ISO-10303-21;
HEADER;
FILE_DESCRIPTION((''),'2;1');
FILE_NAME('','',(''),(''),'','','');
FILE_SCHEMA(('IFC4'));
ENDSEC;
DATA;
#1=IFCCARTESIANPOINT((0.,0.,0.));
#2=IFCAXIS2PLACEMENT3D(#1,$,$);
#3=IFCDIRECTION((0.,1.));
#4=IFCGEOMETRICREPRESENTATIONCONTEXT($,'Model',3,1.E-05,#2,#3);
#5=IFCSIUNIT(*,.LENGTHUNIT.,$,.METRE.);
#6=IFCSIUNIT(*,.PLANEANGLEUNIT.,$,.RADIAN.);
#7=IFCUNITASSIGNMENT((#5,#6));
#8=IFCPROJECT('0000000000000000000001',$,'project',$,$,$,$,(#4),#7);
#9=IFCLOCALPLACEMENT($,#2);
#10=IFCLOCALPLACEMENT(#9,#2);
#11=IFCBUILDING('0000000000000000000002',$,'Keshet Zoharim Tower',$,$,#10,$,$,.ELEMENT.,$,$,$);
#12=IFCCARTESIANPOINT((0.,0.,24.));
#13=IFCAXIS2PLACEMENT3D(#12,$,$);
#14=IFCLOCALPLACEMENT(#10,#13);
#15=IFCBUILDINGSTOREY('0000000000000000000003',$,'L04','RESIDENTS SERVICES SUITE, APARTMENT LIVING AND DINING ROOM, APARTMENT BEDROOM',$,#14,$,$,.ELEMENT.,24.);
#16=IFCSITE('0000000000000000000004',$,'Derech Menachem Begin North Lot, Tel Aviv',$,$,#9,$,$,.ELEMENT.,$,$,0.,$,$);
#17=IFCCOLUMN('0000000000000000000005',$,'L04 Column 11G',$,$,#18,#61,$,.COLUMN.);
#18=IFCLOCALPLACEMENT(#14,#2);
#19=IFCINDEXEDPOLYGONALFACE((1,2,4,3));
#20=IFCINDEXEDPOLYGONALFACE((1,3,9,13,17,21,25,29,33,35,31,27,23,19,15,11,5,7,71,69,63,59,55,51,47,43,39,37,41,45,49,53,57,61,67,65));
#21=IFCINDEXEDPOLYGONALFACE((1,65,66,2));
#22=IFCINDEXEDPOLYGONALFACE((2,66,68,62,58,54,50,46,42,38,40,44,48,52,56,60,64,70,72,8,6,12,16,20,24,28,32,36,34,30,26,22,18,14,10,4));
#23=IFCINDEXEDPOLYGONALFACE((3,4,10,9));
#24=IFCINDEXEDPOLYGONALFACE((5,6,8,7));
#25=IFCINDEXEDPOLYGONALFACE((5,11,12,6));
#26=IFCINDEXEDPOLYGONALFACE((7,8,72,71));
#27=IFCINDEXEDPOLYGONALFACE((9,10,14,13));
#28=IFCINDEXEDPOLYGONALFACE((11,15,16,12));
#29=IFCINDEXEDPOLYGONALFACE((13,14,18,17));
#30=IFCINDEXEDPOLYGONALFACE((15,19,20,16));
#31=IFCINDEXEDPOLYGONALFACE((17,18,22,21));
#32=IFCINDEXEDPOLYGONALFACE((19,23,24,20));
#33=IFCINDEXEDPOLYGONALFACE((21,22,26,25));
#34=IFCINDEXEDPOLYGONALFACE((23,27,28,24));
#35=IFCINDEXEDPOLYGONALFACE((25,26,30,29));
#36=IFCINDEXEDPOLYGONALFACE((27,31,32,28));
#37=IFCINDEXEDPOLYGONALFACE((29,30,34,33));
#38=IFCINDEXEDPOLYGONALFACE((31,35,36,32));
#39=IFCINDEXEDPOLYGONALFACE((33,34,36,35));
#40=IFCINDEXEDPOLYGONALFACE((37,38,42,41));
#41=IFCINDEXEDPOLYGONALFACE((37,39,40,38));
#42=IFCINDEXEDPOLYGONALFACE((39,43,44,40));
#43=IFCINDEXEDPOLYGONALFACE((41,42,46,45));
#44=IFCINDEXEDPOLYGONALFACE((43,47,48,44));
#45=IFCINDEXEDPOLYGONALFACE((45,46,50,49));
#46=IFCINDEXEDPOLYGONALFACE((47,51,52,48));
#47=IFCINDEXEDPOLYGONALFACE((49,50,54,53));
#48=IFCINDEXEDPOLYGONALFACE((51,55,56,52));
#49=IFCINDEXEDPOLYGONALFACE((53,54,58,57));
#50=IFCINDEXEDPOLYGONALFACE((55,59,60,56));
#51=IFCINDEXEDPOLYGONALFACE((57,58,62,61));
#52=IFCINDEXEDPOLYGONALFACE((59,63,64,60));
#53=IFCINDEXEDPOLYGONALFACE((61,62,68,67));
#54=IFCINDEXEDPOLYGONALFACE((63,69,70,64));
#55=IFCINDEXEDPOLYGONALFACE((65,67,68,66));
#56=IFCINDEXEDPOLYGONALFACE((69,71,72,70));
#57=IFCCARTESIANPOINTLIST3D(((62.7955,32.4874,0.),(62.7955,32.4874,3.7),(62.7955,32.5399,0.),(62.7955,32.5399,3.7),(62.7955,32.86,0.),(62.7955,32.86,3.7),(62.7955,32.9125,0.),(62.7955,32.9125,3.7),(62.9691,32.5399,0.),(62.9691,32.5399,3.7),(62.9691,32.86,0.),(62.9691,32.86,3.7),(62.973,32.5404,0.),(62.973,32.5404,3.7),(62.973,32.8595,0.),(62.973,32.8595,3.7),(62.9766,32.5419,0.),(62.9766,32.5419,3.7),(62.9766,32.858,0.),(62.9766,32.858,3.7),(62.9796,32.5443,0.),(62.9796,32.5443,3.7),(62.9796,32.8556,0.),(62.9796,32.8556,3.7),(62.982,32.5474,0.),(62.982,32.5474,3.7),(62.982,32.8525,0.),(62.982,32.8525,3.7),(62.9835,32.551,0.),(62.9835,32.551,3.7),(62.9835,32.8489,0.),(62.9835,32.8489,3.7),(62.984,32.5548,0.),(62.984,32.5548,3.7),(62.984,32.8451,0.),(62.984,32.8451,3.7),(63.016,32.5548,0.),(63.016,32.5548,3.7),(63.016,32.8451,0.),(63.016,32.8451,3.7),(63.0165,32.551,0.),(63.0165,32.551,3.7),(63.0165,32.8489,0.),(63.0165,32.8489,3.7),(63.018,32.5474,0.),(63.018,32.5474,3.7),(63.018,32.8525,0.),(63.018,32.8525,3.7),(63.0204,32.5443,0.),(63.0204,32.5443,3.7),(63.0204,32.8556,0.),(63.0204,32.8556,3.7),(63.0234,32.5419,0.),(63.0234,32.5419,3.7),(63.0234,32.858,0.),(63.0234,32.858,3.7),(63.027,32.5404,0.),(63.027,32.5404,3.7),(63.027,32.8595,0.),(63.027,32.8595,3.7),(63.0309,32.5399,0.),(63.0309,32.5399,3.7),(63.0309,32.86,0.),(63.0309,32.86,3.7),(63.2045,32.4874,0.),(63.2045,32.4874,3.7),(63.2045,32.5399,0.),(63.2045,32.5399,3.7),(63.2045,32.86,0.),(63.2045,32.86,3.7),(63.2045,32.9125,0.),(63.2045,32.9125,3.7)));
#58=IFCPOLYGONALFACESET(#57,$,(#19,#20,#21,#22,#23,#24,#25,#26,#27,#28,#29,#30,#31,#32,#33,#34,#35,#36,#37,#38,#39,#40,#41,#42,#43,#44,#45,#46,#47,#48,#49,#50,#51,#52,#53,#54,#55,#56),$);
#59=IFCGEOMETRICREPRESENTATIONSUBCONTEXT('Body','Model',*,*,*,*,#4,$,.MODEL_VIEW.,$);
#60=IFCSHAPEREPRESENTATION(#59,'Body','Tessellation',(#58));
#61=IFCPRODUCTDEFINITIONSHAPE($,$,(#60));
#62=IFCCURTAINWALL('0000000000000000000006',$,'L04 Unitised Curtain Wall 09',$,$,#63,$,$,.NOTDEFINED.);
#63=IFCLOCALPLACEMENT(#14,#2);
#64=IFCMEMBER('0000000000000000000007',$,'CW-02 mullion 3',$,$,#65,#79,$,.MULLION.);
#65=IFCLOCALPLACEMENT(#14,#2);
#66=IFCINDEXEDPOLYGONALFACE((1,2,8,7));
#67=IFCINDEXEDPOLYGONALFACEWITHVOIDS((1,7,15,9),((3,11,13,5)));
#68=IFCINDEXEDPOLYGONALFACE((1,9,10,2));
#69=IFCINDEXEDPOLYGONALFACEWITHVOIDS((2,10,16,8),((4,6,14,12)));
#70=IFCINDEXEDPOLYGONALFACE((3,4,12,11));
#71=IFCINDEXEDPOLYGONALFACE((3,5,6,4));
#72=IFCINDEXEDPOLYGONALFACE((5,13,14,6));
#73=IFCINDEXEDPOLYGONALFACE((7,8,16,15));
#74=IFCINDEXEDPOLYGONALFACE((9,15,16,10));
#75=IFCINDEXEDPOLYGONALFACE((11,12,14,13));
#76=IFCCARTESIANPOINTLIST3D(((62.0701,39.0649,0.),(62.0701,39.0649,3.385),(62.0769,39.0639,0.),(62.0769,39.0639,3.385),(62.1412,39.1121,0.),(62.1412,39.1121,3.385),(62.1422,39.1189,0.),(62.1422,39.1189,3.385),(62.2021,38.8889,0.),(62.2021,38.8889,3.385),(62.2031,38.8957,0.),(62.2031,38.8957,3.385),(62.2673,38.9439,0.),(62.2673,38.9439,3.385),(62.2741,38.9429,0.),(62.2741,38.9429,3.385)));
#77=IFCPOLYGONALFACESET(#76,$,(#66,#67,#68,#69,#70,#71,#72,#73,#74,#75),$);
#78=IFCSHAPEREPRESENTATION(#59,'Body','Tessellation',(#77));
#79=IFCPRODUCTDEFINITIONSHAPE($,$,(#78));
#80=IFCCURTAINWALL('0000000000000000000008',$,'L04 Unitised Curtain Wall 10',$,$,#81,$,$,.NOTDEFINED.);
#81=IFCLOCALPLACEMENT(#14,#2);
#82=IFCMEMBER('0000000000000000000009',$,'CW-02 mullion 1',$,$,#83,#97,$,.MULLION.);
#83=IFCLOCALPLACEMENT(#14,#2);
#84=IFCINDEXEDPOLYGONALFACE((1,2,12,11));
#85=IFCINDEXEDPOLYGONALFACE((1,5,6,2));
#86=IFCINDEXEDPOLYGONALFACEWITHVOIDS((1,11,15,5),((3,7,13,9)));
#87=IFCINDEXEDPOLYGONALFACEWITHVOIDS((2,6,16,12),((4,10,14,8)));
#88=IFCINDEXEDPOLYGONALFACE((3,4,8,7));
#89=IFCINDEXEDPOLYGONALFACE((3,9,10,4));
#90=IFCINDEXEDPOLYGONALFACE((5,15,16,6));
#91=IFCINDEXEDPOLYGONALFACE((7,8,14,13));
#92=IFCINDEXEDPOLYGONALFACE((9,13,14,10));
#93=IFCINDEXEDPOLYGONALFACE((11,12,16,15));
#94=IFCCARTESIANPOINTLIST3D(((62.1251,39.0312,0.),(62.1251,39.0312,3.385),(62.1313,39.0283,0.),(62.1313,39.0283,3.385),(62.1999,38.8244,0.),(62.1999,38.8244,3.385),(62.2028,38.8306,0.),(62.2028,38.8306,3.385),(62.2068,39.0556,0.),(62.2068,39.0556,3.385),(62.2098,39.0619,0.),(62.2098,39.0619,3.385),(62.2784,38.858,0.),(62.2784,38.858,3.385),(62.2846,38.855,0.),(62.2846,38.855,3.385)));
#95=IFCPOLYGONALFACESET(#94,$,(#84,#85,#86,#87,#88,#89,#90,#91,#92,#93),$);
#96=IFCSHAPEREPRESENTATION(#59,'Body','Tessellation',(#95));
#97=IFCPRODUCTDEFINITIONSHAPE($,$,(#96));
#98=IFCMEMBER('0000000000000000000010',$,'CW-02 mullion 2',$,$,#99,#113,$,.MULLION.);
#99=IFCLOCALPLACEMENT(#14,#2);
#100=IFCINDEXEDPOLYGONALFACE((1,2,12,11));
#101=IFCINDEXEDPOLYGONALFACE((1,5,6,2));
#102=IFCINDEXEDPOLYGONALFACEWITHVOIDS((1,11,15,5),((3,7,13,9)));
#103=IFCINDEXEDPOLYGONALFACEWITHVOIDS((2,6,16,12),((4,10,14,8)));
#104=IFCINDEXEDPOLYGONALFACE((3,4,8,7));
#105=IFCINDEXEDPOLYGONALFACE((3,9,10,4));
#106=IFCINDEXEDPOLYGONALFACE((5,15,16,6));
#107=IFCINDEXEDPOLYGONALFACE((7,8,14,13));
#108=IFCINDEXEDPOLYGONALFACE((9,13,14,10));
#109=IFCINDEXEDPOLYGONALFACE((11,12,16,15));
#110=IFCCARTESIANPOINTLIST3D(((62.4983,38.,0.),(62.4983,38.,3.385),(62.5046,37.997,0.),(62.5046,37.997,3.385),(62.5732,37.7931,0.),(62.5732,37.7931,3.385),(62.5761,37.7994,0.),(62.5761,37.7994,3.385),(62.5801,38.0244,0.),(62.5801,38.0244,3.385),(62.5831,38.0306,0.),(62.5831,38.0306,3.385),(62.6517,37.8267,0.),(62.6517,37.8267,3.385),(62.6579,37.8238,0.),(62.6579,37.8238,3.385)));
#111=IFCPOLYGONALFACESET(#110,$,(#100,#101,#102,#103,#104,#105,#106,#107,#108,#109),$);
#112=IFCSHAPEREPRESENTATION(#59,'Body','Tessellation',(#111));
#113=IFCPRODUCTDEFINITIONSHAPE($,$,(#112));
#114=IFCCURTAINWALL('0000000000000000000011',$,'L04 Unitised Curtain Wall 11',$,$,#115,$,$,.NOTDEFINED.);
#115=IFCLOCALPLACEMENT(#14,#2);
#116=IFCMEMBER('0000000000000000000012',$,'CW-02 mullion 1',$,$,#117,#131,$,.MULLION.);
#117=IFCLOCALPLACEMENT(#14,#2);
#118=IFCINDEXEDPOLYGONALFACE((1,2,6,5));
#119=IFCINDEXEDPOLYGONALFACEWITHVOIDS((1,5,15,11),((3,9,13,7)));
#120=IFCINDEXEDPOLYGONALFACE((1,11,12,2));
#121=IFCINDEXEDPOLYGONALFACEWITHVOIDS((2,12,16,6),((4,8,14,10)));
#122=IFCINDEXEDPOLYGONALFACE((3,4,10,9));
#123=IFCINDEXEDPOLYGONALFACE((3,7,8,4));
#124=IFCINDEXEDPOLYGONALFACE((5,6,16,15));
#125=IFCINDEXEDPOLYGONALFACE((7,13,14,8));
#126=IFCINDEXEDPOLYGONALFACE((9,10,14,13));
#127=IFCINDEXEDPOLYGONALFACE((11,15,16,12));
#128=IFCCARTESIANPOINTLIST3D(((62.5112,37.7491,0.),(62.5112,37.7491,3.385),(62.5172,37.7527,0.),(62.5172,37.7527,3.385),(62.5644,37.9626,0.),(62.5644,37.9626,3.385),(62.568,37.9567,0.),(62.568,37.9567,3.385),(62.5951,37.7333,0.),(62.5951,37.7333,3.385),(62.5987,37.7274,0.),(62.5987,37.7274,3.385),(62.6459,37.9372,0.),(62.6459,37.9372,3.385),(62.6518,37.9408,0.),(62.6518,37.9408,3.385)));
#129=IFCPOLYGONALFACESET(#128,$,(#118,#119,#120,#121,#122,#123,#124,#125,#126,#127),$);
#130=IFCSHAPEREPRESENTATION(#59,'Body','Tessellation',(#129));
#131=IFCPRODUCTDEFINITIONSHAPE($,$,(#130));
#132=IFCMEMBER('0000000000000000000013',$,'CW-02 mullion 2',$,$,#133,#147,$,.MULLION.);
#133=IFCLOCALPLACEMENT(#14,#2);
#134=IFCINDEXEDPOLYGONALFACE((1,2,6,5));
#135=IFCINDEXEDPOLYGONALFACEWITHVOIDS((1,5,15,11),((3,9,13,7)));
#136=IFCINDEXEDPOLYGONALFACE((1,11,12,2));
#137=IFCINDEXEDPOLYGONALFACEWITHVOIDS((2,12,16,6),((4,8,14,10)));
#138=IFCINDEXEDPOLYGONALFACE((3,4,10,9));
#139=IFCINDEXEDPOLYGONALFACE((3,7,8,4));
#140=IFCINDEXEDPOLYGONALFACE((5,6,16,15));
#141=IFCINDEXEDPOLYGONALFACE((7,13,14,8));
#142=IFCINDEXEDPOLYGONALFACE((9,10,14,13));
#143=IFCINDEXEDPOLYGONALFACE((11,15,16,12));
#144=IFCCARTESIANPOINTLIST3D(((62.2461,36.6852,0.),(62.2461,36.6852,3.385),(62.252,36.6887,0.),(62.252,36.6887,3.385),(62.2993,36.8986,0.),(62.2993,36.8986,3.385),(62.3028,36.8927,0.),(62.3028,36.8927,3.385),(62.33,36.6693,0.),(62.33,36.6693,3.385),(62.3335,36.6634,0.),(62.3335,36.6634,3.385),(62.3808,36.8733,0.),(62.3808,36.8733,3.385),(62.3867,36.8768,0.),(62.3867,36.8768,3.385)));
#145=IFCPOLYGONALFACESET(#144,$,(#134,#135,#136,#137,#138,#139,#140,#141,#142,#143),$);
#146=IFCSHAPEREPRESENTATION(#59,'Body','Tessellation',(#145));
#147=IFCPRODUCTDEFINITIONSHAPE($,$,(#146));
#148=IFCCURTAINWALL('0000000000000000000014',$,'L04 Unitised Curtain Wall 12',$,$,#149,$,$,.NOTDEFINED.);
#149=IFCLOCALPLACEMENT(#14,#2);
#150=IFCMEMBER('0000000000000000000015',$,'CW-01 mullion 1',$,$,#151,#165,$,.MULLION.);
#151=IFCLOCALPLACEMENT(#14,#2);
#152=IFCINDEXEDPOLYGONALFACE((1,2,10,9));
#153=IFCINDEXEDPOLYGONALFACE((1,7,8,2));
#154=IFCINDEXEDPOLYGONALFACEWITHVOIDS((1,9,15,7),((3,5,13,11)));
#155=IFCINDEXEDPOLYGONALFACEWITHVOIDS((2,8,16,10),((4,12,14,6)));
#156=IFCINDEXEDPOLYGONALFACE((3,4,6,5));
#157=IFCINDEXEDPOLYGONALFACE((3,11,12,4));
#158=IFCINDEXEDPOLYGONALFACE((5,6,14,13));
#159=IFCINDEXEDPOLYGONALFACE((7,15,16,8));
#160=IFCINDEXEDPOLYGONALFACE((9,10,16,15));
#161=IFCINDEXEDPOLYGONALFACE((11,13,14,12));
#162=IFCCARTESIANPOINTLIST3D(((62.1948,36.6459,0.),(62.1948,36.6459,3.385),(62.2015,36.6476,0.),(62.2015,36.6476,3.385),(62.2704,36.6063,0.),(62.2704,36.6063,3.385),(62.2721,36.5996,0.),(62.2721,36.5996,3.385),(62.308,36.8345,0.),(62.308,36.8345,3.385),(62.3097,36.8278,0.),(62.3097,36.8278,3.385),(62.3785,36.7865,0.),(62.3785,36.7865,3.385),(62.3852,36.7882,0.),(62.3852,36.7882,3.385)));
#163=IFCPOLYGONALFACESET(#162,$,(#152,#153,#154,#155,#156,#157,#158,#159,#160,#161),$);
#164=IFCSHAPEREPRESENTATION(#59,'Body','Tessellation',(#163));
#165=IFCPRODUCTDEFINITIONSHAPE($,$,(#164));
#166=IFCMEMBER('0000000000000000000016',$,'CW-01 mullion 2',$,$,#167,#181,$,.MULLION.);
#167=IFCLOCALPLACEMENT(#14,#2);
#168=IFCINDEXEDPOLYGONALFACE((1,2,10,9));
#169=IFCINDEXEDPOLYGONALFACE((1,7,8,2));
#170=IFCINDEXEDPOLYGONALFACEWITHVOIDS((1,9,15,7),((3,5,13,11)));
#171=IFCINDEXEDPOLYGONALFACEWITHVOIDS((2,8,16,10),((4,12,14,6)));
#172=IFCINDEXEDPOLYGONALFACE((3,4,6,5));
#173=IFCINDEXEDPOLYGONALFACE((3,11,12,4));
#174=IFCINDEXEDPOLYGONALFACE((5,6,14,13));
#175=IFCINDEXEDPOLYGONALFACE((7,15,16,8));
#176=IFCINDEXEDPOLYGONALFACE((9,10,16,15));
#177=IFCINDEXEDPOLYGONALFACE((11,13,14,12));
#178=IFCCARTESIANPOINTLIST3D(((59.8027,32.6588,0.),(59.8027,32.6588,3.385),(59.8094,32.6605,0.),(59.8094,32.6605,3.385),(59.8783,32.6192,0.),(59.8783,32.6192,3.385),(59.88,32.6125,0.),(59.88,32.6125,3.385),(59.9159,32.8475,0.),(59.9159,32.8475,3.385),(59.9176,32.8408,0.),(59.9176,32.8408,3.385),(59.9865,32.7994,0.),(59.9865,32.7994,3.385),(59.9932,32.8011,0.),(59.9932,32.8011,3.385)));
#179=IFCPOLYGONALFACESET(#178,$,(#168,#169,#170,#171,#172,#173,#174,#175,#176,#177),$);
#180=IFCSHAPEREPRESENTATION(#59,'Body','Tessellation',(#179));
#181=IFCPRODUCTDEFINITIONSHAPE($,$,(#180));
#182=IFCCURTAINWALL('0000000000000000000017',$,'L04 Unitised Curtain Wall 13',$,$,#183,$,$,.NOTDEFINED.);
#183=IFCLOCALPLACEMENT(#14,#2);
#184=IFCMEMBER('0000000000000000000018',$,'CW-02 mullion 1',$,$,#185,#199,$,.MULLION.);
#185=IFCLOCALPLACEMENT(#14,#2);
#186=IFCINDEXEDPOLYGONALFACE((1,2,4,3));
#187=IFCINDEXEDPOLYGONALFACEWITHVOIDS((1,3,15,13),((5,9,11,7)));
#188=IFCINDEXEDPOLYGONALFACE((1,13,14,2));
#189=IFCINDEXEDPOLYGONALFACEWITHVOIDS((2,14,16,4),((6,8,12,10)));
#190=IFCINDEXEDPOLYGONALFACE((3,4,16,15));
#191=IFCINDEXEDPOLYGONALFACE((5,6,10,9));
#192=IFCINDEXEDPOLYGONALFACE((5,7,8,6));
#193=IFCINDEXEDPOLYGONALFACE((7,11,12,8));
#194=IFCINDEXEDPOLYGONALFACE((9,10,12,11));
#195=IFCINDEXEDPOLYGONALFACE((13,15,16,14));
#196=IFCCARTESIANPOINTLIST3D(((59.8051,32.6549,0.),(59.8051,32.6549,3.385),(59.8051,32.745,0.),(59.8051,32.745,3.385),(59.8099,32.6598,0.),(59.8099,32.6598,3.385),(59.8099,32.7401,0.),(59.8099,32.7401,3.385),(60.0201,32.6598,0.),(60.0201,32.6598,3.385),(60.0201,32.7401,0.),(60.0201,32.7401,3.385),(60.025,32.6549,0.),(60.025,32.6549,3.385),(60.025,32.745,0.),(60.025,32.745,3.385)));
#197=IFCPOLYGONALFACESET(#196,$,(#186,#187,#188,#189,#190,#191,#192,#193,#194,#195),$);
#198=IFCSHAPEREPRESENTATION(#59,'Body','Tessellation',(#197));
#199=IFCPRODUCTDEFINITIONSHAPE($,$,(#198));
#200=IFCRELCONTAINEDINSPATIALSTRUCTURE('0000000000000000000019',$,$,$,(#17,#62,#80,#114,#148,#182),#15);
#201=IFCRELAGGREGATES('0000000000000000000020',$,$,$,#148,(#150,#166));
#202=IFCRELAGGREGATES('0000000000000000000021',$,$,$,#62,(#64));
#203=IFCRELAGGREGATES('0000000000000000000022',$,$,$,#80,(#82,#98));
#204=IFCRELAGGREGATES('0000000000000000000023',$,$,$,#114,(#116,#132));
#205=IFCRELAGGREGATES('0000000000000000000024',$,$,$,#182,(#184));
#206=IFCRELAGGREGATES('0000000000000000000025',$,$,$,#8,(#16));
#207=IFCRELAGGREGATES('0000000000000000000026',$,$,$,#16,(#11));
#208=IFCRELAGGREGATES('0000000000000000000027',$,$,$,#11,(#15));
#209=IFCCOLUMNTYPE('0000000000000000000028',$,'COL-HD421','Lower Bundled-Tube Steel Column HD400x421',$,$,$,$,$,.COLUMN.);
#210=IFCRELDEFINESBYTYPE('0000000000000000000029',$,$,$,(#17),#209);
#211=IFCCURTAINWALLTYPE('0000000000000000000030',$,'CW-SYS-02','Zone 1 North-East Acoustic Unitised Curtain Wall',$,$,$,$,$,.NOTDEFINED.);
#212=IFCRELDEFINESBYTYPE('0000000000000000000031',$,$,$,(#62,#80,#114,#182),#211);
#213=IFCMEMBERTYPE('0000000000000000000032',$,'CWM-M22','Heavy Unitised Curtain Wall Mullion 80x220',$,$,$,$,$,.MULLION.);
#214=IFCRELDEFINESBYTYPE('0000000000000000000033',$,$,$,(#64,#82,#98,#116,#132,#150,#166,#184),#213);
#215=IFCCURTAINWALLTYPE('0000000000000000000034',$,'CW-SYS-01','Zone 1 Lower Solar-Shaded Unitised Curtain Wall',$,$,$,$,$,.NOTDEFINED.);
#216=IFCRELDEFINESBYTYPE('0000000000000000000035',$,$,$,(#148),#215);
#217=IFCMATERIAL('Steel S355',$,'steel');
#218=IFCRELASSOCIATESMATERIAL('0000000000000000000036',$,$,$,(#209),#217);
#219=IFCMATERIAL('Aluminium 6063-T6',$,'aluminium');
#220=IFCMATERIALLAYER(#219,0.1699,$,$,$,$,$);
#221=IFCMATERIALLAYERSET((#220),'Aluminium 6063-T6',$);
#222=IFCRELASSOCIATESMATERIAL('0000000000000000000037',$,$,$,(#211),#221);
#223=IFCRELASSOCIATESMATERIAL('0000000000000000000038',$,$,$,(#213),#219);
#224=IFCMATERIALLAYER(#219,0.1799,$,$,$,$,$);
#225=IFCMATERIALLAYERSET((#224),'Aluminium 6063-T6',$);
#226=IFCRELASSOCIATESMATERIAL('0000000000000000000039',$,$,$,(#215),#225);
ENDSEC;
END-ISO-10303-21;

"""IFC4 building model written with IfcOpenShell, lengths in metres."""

from ifc_helpers import new_model, si_unit, direction, frame, origin, origin_2d, place, context, subcontext, project, spatial, hollow_rectangle, i_section, extrude, material, layer, layer_set, material_profile, profile_set, type_object, element, aggregate, save


model = new_model("IFC4")

# Units and contexts
model_context = context("Model", 3, precision=1e-05, world=origin(), true_north=direction((0.0, 1.0)))
body_context = subcontext(model_context, "Body", "Model", "MODEL_VIEW")
ifc_project = project(units=[si_unit("LENGTHUNIT", "METRE"), si_unit("PLANEANGLEUNIT", "RADIAN")], contexts=[model_context])

# Site, building, storey
site_placement = place(None, origin())
site = spatial("IfcSite", under=ifc_project, at=site_placement, Name="Derech Menachem Begin North Lot, Tel Aviv", CompositionType="ELEMENT", RefElevation=0.0)
building_placement = place(site_placement, origin())
building = spatial("IfcBuilding", under=site, at=building_placement, Name="Keshet Zoharim Tower", CompositionType="ELEMENT")
storey_placement = place(building_placement, frame((0.0, 0.0, 24.0)))
storey = spatial("IfcBuildingStorey", under=building, at=storey_placement, Name="L04", Description="RESIDENTS SERVICES SUITE, APARTMENT LIVING AND DINING ROOM, APARTMENT BEDROOM", CompositionType="ELEMENT", Elevation=24.0)

# Column
ifc_material_1 = material(Name="Steel S355", Category="steel")
ifc_material_profile_1 = material_profile(ifc_material_1, i_section(OverallWidth=0.4089, OverallDepth=0.425, WebThickness=0.032, FlangeThickness=0.0525, FilletRadius=0.0149, at=origin_2d()), Name="HD400x421")
ifc_profile_set_1 = profile_set([ifc_material_profile_1], Name="Steel S355")
column_type = type_object("IfcColumnType", Name="COL-HD421", Description="Lower Bundled-Tube Steel Column HD400x421", PredefinedType="COLUMN", material=ifc_profile_set_1)
column_placement = place(storey_placement, frame((63.0, 32.7, 0.0), z_axis=(0.0, 0.0, 1.0), x_axis=(1.0, 0.0, 0.0)))
element("IfcColumn", 1, at=column_placement, inside=storey, type_object=column_type, Name="L04 Column 11G", PredefinedType="COLUMN", context=body_context, shape_type="SweptSolid", body=[
    extrude(i_section(OverallWidth=0.4089, OverallDepth=0.425, WebThickness=0.032, FlangeThickness=0.0525, FilletRadius=0.0149, at=origin_2d()), origin(), (0.0, 0.0, 1.0), 3.7),
])

# Curtain wall, member
ifc_material_2 = material(Name="Aluminium 6063-T6", Category="aluminium")
ifc_layer_1 = layer(ifc_material_2, 0.1699)
ifc_layer_set_1 = layer_set([ifc_layer_1], Name="Aluminium 6063-T6")
curtain_wall_type_1 = type_object("IfcCurtainWallType", Name="CW-SYS-02", Description="Zone 1 North-East Acoustic Unitised Curtain Wall", PredefinedType="NOTDEFINED", material=ifc_layer_set_1)
curtain_wall_1_placement = place(storey_placement, origin())
curtain_wall_1 = element("IfcCurtainWall", 2, at=curtain_wall_1_placement, inside=storey, type_object=curtain_wall_type_1, Name="L04 Unitised Curtain Wall 09", PredefinedType="NOTDEFINED")
ifc_material_profile_2 = material_profile(ifc_material_2, hollow_rectangle(XDim=0.0901, YDim=0.22, WallThickness=0.0049, at=origin_2d()), Name="MUL-90x220")
ifc_profile_set_2 = profile_set([ifc_material_profile_2], Name="Aluminium 6063-T6")
member_type_1 = type_object("IfcMemberType", Name="CWM-M22", Description="Heavy Unitised Curtain Wall Mullion 80x220", PredefinedType="MULLION", material=ifc_profile_set_2)
member_1_placement = place(storey_placement, frame((62.1721, 39.0039, 0.0), z_axis=(0.0, 0.0, 1.0), x_axis=(0.8, 0.6, 0.0)))
member_1 = element("IfcMember", 3, at=member_1_placement, type_object=member_type_1, Name="CW-02 mullion 3", PredefinedType="MULLION", context=body_context, shape_type="SweptSolid", body=[
    extrude(hollow_rectangle(XDim=0.0901, YDim=0.22, WallThickness=0.0049, at=origin_2d()), origin(), (0.0, 0.0, 1.0), 3.385),
])

# Curtain walls, members
curtain_wall_2_placement = place(storey_placement, origin())
curtain_wall_2 = element("IfcCurtainWall", 4, at=curtain_wall_2_placement, inside=storey, type_object=curtain_wall_type_1, Name="L04 Unitised Curtain Wall 10", PredefinedType="NOTDEFINED")
member_2_placement = place(storey_placement, frame((62.2048, 38.9431, 0.0), z_axis=(0.0, 0.0, 1.0), x_axis=(0.940318, 0.340297, 0.0)))
member_2 = element("IfcMember", 5, at=member_2_placement, type_object=member_type_1, Name="CW-02 mullion 1", PredefinedType="MULLION", context=body_context, shape_type="SweptSolid", body=[
    extrude(hollow_rectangle(XDim=0.0901, YDim=0.22, WallThickness=0.0049, at=origin_2d()), origin(), (0.0, 0.0, 1.0), 3.385),
])
member_3_placement = place(storey_placement, frame((62.5781, 37.9119, 0.0), z_axis=(0.0, 0.0, 1.0), x_axis=(0.940318, 0.340297, 0.0)))
member_3 = element("IfcMember", 6, at=member_3_placement, type_object=member_type_1, Name="CW-02 mullion 2", PredefinedType="MULLION", context=body_context, shape_type="SweptSolid", body=[
    extrude(hollow_rectangle(XDim=0.0901, YDim=0.22, WallThickness=0.0049, at=origin_2d()), origin(), (0.0, 0.0, 1.0), 3.385),
])
curtain_wall_3_placement = place(storey_placement, origin())
curtain_wall_3 = element("IfcCurtainWall", 7, at=curtain_wall_3_placement, inside=storey, type_object=curtain_wall_type_1, Name="L04 Unitised Curtain Wall 11", PredefinedType="NOTDEFINED")
member_4_placement = place(storey_placement, frame((62.5815, 37.845, 0.0), z_axis=(0.0, 0.0, 1.0), x_axis=(0.970344, -0.241729, 0.0)))
member_4 = element("IfcMember", 8, at=member_4_placement, type_object=member_type_1, Name="CW-02 mullion 1", PredefinedType="MULLION", context=body_context, shape_type="SweptSolid", body=[
    extrude(hollow_rectangle(XDim=0.0901, YDim=0.22, WallThickness=0.0049, at=origin_2d()), origin(), (0.0, 0.0, 1.0), 3.385),
])
member_5_placement = place(storey_placement, frame((62.3164, 36.781, 0.0), z_axis=(0.0, 0.0, 1.0), x_axis=(0.970344, -0.241729, 0.0)))
member_5 = element("IfcMember", 9, at=member_5_placement, type_object=member_type_1, Name="CW-02 mullion 2", PredefinedType="MULLION", context=body_context, shape_type="SweptSolid", body=[
    extrude(hollow_rectangle(XDim=0.0901, YDim=0.22, WallThickness=0.0049, at=origin_2d()), origin(), (0.0, 0.0, 1.0), 3.385),
])
ifc_layer_2 = layer(ifc_material_2, 0.1799)
ifc_layer_set_2 = layer_set([ifc_layer_2], Name="Aluminium 6063-T6")
curtain_wall_type_2 = type_object("IfcCurtainWallType", Name="CW-SYS-01", Description="Zone 1 Lower Solar-Shaded Unitised Curtain Wall", PredefinedType="NOTDEFINED", material=ifc_layer_set_2)
curtain_wall_4_placement = place(storey_placement, origin())
curtain_wall_4 = element("IfcCurtainWall", 10, at=curtain_wall_4_placement, inside=storey, type_object=curtain_wall_type_2, Name="L04 Unitised Curtain Wall 12", PredefinedType="NOTDEFINED")
member_6_placement = place(storey_placement, frame((62.29, 36.717, 0.0), z_axis=(0.0, 0.0, 1.0), x_axis=(0.857512, -0.514465, 0.0)))
member_6 = element("IfcMember", 11, at=member_6_placement, type_object=member_type_1, Name="CW-01 mullion 1", PredefinedType="MULLION", context=body_context, shape_type="SweptSolid", body=[
    extrude(hollow_rectangle(XDim=0.0901, YDim=0.22, WallThickness=0.0049, at=origin_2d()), origin(), (0.0, 0.0, 1.0), 3.385),
])
member_7_placement = place(storey_placement, frame((59.8979, 32.73, 0.0), z_axis=(0.0, 0.0, 1.0), x_axis=(0.857512, -0.514465, 0.0)))
member_7 = element("IfcMember", 12, at=member_7_placement, type_object=member_type_1, Name="CW-01 mullion 2", PredefinedType="MULLION", context=body_context, shape_type="SweptSolid", body=[
    extrude(hollow_rectangle(XDim=0.0901, YDim=0.22, WallThickness=0.0049, at=origin_2d()), origin(), (0.0, 0.0, 1.0), 3.385),
])
curtain_wall_5_placement = place(storey_placement, origin())
curtain_wall_5 = element("IfcCurtainWall", 13, at=curtain_wall_5_placement, inside=storey, type_object=curtain_wall_type_1, Name="L04 Unitised Curtain Wall 13", PredefinedType="NOTDEFINED")
member_8_placement = place(storey_placement, frame((59.915, 32.7, 0.0), z_axis=(0.0, 0.0, 1.0), x_axis=(0.0, 1.0, 0.0)))
member_8 = element("IfcMember", 14, at=member_8_placement, type_object=member_type_1, Name="CW-02 mullion 1", PredefinedType="MULLION", context=body_context, shape_type="SweptSolid", body=[
    extrude(hollow_rectangle(XDim=0.0901, YDim=0.22, WallThickness=0.0049, at=origin_2d()), origin(), (0.0, 0.0, 1.0), 3.385),
])

aggregate(curtain_wall_4, [member_6, member_7])
aggregate(curtain_wall_1, [member_1])
aggregate(curtain_wall_2, [member_2, member_3])
aggregate(curtain_wall_3, [member_4, member_5])
aggregate(curtain_wall_5, [member_8])

save(model, "model.ifc")
